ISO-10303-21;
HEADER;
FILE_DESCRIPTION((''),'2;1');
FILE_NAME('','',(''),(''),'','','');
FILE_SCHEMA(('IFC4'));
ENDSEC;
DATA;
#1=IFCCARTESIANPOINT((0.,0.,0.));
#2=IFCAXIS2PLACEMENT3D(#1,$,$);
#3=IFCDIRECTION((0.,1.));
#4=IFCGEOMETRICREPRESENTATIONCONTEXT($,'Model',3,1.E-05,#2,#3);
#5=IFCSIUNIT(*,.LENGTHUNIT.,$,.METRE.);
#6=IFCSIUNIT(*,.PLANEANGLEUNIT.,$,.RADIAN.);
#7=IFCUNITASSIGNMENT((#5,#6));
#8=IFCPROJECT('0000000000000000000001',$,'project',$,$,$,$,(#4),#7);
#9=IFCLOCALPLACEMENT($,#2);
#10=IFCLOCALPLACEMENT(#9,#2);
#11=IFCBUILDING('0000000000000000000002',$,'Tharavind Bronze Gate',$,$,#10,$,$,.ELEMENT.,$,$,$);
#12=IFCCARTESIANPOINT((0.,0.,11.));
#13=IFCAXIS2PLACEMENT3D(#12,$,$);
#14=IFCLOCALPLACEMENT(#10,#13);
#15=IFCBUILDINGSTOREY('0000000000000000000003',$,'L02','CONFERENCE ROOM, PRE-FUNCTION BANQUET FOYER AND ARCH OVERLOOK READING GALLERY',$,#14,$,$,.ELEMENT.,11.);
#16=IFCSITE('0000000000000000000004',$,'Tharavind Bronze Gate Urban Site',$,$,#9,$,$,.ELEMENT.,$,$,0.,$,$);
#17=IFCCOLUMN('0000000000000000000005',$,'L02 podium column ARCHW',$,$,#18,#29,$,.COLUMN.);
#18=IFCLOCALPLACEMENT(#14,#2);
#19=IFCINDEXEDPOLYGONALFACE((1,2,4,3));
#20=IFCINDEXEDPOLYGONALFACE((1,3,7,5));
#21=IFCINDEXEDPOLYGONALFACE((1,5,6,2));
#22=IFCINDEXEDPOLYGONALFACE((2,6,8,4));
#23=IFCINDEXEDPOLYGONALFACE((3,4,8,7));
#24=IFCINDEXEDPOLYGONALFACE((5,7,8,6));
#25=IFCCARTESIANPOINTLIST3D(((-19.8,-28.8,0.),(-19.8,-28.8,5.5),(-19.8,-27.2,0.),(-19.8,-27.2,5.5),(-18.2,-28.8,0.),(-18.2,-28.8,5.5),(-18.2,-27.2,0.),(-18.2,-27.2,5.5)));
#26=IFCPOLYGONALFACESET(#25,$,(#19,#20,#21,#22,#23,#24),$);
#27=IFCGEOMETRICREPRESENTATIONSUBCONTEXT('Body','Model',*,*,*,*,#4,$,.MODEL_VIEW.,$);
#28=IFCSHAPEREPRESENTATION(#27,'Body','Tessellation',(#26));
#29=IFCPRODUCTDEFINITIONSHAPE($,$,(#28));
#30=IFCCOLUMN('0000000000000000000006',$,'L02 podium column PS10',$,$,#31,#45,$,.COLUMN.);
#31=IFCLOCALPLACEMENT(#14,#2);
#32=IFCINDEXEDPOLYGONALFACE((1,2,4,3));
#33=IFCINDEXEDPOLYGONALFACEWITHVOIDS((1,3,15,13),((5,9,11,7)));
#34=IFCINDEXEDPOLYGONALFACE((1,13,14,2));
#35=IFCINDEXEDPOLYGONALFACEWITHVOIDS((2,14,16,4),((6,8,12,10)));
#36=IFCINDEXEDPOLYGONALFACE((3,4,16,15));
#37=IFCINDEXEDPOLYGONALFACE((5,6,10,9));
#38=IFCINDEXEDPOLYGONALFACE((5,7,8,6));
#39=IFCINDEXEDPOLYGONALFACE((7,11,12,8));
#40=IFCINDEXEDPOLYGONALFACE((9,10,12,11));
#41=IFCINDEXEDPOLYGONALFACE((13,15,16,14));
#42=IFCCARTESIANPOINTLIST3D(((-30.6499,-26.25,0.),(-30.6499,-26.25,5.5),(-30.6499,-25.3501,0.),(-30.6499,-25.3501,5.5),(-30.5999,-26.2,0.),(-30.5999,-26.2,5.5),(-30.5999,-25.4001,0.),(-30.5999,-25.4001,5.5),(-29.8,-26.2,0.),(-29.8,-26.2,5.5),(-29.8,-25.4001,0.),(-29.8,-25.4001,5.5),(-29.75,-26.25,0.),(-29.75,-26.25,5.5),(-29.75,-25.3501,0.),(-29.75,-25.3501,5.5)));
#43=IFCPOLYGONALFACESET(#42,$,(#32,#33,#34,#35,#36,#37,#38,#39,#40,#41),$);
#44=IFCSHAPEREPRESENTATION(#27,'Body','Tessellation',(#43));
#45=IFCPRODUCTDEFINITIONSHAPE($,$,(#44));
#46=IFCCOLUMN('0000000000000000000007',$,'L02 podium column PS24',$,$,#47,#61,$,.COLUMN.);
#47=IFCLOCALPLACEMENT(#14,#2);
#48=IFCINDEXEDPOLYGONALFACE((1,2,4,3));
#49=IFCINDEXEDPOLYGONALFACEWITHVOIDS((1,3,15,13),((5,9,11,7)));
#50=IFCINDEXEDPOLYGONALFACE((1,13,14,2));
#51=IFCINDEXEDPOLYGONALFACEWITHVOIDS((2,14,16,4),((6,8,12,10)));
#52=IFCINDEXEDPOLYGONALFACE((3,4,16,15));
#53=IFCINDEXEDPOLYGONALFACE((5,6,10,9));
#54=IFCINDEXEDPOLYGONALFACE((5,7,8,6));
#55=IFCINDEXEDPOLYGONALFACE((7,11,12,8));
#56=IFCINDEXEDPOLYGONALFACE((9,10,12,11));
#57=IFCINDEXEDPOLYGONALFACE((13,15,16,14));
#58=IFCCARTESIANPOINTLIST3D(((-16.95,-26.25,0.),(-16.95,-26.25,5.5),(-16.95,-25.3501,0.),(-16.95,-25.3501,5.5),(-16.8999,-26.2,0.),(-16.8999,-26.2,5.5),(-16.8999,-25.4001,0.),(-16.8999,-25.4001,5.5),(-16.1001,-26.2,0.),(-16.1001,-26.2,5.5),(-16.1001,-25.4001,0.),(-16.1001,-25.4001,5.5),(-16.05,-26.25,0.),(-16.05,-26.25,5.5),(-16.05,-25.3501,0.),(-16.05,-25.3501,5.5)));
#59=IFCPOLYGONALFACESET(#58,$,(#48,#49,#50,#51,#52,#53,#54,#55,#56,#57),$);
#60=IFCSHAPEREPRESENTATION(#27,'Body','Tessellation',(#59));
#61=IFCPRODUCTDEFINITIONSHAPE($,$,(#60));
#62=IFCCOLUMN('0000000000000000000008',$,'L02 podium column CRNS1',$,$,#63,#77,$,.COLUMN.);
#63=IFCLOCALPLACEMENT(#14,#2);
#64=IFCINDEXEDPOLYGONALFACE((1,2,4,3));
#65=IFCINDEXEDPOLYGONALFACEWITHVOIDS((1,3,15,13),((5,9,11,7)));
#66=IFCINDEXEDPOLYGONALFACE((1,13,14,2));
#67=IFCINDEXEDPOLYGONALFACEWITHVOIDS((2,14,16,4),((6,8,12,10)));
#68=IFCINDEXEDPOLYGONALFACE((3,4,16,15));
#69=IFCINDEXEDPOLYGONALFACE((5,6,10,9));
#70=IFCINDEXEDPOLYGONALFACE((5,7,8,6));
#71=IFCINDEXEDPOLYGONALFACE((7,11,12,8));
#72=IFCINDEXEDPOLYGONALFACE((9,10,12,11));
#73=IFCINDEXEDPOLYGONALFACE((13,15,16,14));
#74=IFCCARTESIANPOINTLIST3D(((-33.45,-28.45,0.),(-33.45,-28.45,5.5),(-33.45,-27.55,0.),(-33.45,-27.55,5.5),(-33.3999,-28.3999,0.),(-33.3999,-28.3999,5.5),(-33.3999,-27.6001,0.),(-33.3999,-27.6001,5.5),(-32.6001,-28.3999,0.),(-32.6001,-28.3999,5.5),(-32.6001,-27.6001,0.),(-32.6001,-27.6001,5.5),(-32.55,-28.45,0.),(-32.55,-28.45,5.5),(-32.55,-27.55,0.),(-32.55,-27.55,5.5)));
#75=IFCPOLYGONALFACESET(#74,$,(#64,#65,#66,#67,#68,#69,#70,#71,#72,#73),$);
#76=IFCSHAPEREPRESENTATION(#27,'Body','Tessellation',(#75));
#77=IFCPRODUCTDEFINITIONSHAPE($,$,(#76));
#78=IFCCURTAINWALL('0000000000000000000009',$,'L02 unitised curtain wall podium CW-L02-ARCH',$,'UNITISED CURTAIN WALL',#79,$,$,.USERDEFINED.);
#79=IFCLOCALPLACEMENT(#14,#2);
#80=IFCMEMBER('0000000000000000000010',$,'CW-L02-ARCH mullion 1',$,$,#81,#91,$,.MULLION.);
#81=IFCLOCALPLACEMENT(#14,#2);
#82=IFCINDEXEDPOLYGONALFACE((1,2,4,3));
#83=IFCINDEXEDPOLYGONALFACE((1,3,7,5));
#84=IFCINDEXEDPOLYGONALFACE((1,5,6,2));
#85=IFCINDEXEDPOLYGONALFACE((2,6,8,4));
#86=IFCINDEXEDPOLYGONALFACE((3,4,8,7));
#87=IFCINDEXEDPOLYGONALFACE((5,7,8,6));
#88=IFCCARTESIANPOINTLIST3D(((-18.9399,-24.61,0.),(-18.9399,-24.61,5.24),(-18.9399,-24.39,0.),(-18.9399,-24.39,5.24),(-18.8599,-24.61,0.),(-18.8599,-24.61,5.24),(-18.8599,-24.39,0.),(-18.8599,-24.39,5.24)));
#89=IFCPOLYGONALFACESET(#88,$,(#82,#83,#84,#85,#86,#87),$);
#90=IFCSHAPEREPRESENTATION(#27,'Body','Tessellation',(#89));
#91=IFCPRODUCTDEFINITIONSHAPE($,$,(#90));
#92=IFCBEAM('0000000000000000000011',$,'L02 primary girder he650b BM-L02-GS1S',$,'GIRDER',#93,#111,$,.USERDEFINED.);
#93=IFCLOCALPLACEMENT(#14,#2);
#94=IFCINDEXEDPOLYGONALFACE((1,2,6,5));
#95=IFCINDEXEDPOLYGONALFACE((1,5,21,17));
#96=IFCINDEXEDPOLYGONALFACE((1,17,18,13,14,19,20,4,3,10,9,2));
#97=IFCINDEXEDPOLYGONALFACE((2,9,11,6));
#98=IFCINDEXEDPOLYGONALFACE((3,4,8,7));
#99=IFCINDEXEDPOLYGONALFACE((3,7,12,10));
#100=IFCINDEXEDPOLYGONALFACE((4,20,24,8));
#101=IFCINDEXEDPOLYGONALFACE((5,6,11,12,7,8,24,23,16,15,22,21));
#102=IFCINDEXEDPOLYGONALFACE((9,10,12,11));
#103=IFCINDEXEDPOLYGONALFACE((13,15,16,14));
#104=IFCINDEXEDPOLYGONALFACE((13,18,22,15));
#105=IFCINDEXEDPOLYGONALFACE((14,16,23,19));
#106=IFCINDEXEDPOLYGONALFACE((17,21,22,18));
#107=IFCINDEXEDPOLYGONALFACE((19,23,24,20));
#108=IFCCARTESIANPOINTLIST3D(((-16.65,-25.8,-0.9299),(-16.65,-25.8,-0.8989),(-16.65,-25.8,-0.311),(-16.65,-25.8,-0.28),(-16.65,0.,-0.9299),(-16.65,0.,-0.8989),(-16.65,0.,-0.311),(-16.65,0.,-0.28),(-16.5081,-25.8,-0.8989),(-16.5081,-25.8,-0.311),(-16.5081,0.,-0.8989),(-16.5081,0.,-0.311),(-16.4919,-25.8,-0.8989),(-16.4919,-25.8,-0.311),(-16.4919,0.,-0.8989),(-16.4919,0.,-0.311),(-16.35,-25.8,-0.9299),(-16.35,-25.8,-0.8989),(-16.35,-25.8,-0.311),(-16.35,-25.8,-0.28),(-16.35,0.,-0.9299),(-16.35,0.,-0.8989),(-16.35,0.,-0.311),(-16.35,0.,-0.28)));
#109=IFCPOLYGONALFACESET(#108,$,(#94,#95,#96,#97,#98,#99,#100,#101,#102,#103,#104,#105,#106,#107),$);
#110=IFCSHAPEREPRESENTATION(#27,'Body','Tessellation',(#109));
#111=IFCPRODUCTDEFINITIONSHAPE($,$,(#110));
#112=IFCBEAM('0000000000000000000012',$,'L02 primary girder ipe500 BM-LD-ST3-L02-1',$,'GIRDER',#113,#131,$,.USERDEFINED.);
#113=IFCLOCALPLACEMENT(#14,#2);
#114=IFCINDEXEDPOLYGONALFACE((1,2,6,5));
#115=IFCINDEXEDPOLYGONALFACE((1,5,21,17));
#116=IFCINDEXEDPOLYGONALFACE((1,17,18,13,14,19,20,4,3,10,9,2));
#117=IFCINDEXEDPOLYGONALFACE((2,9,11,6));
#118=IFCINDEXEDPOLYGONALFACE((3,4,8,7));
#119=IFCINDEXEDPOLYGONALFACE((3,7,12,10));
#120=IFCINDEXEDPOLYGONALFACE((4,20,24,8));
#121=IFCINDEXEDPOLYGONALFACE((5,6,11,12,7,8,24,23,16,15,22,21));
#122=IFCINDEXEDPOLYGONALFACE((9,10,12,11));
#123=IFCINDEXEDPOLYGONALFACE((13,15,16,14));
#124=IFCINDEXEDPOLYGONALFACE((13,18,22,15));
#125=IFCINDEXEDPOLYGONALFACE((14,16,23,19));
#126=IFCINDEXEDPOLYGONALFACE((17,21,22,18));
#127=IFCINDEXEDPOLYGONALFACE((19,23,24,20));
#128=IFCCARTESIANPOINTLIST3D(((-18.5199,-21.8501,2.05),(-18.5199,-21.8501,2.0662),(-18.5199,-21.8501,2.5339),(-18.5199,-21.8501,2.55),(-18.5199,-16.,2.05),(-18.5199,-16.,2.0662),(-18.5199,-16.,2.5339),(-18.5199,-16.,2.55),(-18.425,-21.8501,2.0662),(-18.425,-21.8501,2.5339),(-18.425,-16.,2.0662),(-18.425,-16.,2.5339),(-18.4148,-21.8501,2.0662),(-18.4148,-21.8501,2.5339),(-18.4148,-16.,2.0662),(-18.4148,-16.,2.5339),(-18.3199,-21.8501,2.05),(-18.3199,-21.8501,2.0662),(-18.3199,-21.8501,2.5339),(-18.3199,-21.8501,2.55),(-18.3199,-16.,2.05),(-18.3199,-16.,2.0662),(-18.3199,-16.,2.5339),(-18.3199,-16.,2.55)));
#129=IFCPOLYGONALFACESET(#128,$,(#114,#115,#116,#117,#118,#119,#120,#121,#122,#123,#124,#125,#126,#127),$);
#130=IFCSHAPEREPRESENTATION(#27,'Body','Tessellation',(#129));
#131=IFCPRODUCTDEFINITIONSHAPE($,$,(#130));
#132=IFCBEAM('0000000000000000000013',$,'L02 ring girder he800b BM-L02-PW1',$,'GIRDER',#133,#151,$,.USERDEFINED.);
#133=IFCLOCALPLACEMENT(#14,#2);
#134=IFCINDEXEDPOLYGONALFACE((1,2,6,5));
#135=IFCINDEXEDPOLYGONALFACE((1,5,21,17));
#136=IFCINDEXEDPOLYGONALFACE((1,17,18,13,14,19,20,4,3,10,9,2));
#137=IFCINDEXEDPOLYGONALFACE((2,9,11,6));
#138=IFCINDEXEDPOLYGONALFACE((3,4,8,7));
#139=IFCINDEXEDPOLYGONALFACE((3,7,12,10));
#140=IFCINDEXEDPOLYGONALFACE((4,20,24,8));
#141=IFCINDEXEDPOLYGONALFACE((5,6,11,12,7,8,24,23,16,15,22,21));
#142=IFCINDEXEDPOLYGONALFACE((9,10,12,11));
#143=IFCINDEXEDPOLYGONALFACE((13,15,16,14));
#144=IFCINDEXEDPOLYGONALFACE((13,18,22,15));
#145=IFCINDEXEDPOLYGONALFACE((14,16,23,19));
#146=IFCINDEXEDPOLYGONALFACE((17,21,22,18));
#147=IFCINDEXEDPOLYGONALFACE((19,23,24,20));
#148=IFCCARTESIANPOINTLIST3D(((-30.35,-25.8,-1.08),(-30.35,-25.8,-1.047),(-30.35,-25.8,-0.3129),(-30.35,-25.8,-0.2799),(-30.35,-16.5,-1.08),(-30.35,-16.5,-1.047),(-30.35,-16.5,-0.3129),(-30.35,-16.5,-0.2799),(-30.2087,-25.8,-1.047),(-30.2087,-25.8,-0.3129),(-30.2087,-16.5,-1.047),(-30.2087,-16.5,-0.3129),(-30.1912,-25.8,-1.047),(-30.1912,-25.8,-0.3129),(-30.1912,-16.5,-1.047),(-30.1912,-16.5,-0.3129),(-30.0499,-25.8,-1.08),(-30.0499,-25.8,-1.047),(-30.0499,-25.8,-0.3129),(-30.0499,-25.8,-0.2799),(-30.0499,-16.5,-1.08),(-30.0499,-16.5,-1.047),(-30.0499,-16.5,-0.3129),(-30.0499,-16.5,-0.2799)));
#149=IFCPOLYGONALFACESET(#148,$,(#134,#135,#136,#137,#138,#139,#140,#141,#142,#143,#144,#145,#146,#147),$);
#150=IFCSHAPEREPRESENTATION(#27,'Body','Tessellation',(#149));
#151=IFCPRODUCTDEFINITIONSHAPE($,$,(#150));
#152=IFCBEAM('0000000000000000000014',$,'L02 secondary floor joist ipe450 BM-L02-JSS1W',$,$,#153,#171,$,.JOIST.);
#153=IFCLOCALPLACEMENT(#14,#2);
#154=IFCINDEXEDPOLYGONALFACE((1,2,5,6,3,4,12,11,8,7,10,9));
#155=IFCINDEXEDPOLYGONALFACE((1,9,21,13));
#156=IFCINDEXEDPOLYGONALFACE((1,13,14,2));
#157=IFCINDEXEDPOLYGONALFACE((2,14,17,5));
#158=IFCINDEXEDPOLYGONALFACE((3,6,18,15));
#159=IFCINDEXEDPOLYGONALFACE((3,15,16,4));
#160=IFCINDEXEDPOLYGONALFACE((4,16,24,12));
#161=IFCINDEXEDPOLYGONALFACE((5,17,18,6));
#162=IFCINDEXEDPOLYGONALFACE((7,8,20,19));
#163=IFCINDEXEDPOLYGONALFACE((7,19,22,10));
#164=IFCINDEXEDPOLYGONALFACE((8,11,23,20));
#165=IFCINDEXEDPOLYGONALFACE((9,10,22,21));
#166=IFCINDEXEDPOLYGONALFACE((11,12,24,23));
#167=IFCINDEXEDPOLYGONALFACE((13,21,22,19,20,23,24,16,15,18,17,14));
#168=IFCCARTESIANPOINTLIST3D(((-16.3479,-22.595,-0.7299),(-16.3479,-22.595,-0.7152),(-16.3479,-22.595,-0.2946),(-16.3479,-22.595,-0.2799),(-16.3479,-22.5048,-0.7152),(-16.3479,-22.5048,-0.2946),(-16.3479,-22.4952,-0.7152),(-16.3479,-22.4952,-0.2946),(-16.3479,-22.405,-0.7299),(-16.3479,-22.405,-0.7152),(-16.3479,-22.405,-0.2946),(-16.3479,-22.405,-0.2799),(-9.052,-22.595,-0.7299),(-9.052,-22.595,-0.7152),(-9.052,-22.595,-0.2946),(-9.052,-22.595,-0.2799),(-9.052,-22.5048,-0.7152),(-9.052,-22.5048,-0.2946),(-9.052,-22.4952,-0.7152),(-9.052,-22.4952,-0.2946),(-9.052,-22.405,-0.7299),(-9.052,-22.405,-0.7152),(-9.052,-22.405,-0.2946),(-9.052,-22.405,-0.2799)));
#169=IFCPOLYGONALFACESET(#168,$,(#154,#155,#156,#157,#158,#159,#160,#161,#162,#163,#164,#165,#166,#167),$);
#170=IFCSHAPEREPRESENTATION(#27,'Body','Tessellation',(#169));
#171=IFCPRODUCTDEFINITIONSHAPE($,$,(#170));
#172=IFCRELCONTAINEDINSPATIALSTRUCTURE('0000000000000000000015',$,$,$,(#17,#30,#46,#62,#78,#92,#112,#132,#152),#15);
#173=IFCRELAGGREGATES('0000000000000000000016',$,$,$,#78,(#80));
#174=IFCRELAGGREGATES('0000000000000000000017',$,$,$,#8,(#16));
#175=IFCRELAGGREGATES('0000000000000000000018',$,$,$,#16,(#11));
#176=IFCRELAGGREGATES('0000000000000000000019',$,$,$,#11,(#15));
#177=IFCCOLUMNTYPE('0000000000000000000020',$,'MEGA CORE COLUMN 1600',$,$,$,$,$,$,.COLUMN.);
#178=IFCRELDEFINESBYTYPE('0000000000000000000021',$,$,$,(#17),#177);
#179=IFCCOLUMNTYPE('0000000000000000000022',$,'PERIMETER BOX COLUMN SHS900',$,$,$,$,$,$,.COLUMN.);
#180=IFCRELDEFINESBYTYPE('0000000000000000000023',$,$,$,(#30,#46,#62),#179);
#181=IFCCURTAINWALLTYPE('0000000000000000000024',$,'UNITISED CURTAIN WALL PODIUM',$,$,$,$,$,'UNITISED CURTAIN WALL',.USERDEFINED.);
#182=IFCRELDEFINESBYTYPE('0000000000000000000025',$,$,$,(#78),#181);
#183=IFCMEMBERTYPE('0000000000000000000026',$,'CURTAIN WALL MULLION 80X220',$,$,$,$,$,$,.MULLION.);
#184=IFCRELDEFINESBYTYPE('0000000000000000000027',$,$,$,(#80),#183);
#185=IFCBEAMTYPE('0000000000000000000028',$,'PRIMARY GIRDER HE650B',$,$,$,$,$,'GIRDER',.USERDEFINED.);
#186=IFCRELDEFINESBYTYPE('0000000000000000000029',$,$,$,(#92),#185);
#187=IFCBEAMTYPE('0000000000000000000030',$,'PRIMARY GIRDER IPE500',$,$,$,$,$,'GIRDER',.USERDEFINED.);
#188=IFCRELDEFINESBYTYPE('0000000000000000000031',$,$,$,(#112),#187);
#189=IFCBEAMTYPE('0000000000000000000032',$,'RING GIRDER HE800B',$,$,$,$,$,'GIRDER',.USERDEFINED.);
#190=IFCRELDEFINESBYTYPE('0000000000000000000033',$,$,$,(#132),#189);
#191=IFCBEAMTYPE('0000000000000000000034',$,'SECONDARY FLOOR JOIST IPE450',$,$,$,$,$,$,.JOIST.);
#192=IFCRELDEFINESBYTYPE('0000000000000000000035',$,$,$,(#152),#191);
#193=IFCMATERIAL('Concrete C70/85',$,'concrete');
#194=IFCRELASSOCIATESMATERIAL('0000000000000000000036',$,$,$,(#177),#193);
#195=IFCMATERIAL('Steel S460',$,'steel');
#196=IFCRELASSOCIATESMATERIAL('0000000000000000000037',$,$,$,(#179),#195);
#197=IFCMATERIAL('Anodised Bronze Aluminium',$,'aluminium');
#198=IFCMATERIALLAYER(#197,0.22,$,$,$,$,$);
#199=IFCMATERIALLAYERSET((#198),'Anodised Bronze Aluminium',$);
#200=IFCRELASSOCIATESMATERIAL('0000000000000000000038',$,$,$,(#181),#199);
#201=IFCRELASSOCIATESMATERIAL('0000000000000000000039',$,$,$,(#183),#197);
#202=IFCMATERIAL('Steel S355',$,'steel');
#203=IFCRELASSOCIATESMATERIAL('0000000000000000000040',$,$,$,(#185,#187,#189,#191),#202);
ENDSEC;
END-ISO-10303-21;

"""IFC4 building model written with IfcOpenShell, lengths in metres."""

from ifc_helpers import new_model, si_unit, direction, frame, origin, origin_2d, place, context, subcontext, project, spatial, rectangle, hollow_rectangle, i_section, extrude, material, layer, layer_set, material_profile, profile_set, type_object, element, aggregate, save


model = new_model("IFC4")

# Units and contexts
model_context = context("Model", 3, precision=1e-05, world=origin(), true_north=direction((0.0, 1.0)))
body_context = subcontext(model_context, "Body", "Model", "MODEL_VIEW")
ifc_project = project(units=[si_unit("LENGTHUNIT", "METRE"), si_unit("PLANEANGLEUNIT", "RADIAN")], contexts=[model_context])

# Site, building, storey
site_placement = place(None, origin())
site = spatial("IfcSite", under=ifc_project, at=site_placement, Name="Tharavind Bronze Gate Urban Site", CompositionType="ELEMENT", RefElevation=0.0)
building_placement = place(site_placement, origin())
building = spatial("IfcBuilding", under=site, at=building_placement, Name="Tharavind Bronze Gate", CompositionType="ELEMENT")
storey_placement = place(building_placement, frame((0.0, 0.0, 11.0)))
storey = spatial("IfcBuildingStorey", under=building, at=storey_placement, Name="L02", Description="CONFERENCE ROOM, PRE-FUNCTION BANQUET FOYER AND ARCH OVERLOOK READING GALLERY", CompositionType="ELEMENT", Elevation=11.0)

# Columns
ifc_material_1 = material(Name="Concrete C70/85", Category="concrete")
ifc_material_profile_1 = material_profile(ifc_material_1, rectangle(XDim=1.6001, YDim=1.6001, at=origin_2d()), Name="RCCOL1600")
ifc_profile_set_1 = profile_set([ifc_material_profile_1], Name="Concrete C70/85")
column_type_1 = type_object("IfcColumnType", Name="MEGA CORE COLUMN 1600", PredefinedType="COLUMN", material=ifc_profile_set_1)
column_placement = place(storey_placement, frame((-19.0, -28.0, 0.0), z_axis=(0.0, 0.0, 1.0), x_axis=(1.0, 0.0, 0.0)))
element("IfcColumn", 1, at=column_placement, inside=storey, type_object=column_type_1, Name="L02 podium column ARCHW", PredefinedType="COLUMN", context=body_context, shape_type="SweptSolid", body=[
    extrude(rectangle(XDim=1.6001, YDim=1.6001, at=origin_2d()), origin(), (0.0, 0.0, 1.0), 5.5),
])
ifc_material_2 = material(Name="Steel S460", Category="steel")
ifc_material_profile_2 = material_profile(ifc_material_2, hollow_rectangle(XDim=0.8999, YDim=0.8999, WallThickness=0.05, at=origin_2d()), Name="SHS900X50")
ifc_profile_set_2 = profile_set([ifc_material_profile_2], Name="Steel S460")
column_type_2 = type_object("IfcColumnType", Name="PERIMETER BOX COLUMN SHS900", PredefinedType="COLUMN", material=ifc_profile_set_2)
for number, where, z_axis, x_axis, name in (
    (2, (-30.2, -25.8, 0.0), (0.0, 0.0, 1.0), (1.0, 0.0, 0.0), "L02 podium column PS10"),
    (3, (-16.5, -25.8, 0.0), (0.0, 0.0, 1.0), (1.0, 0.0, 0.0), "L02 podium column PS24"),
    (4, (-33.0, -28.0, 0.0), (0.0, 0.0, 1.0), (1.0, 0.0, 0.0), "L02 podium column CRNS1"),
):
    element("IfcColumn", number, at=place(storey_placement, frame(where, z_axis=z_axis, x_axis=x_axis)), inside=storey, type_object=column_type_2, Name=name, PredefinedType="COLUMN", context=body_context, shape_type="SweptSolid", body=[
        extrude(hollow_rectangle(XDim=0.8999, YDim=0.8999, WallThickness=0.05, at=origin_2d()), origin(), (0.0, 0.0, 1.0), 5.5),
    ])

# Curtain wall, member
ifc_material_3 = material(Name="Anodised Bronze Aluminium", Category="aluminium")
ifc_layer_1 = layer(ifc_material_3, 0.22)
ifc_layer_set_1 = layer_set([ifc_layer_1], Name="Anodised Bronze Aluminium")
curtain_wall_type = type_object("IfcCurtainWallType", Name="UNITISED CURTAIN WALL PODIUM", ElementType="UNITISED CURTAIN WALL", PredefinedType="USERDEFINED", material=ifc_layer_set_1)
curtain_wall_placement = place(storey_placement, origin())
curtain_wall = element("IfcCurtainWall", 5, at=curtain_wall_placement, inside=storey, type_object=curtain_wall_type, Name="L02 unitised curtain wall podium CW-L02-ARCH", ObjectType="UNITISED CURTAIN WALL", PredefinedType="USERDEFINED")
member_type_1 = type_object("IfcMemberType", Name="CURTAIN WALL MULLION 80X220", PredefinedType="MULLION", material=ifc_material_3)
member_1_placement = place(storey_placement, frame((-18.8999, -24.5, 0.0), z_axis=(0.0, 0.0, 1.0), x_axis=(1.0, 0.0, 0.0)))
member_1 = element("IfcMember", 6, at=member_1_placement, type_object=member_type_1, Name="CW-L02-ARCH mullion 1", PredefinedType="MULLION", context=body_context, shape_type="SweptSolid", body=[
    extrude(rectangle(XDim=0.0801, YDim=0.22, at=origin_2d()), origin(), (0.0, 0.0, 1.0), 5.24),
])
aggregate(curtain_wall, [member_1])

# Beams
ifc_material_4 = material(Name="Steel S355", Category="steel")
ifc_material_profile_3 = material_profile(ifc_material_4, i_section(OverallWidth=0.3, OverallDepth=0.6499, WebThickness=0.0161, FlangeThickness=0.031, at=origin_2d()), Name="HE650B")
ifc_profile_set_3 = profile_set([ifc_material_profile_3], Name="Steel S355")
beam_type_1 = type_object("IfcBeamType", Name="PRIMARY GIRDER HE650B", ElementType="GIRDER", PredefinedType="USERDEFINED", material=ifc_profile_set_3)
beam_1_placement = place(storey_placement, frame((-16.5, -25.8, -0.605), z_axis=(0.0, 1.0, 0.0), x_axis=(-1.0, 0.0, 0.0)))
element("IfcBeam", 7, at=beam_1_placement, inside=storey, type_object=beam_type_1, Name="L02 primary girder he650b BM-L02-GS1S", ObjectType="GIRDER", PredefinedType="USERDEFINED", context=body_context, shape_type="SweptSolid", body=[
    extrude(i_section(OverallWidth=0.3, OverallDepth=0.6499, WebThickness=0.0161, FlangeThickness=0.031, at=origin_2d()), origin(), (0.0, 0.0, 1.0), 25.8),
])
ifc_material_profile_4 = material_profile(ifc_material_4, i_section(OverallWidth=0.2, OverallDepth=0.5, WebThickness=0.0103, FlangeThickness=0.0161, at=origin_2d()), Name="IPE500")
ifc_profile_set_4 = profile_set([ifc_material_profile_4], Name="Steel S355")
beam_type_2 = type_object("IfcBeamType", Name="PRIMARY GIRDER IPE500", ElementType="GIRDER", PredefinedType="USERDEFINED", material=ifc_profile_set_4)
beam_2_placement = place(storey_placement, frame((-18.4199, -21.8501, 2.3), z_axis=(0.0, 1.0, 0.0), x_axis=(-1.0, 0.0, 0.0)))
element("IfcBeam", 8, at=beam_2_placement, inside=storey, type_object=beam_type_2, Name="L02 primary girder ipe500 BM-LD-ST3-L02-1", ObjectType="GIRDER", PredefinedType="USERDEFINED", context=body_context, shape_type="SweptSolid", body=[
    extrude(i_section(OverallWidth=0.2, OverallDepth=0.5, WebThickness=0.0103, FlangeThickness=0.0161, at=origin_2d()), origin(), (0.0, 0.0, 1.0), 5.8501),
])
ifc_material_profile_5 = material_profile(ifc_material_4, i_section(OverallWidth=0.3, OverallDepth=0.8, WebThickness=0.0176, FlangeThickness=0.033, at=origin_2d()), Name="HE800B")
ifc_profile_set_5 = profile_set([ifc_material_profile_5], Name="Steel S355")
beam_type_3 = type_object("IfcBeamType", Name="RING GIRDER HE800B", ElementType="GIRDER", PredefinedType="USERDEFINED", material=ifc_profile_set_5)
beam_3_placement = place(storey_placement, frame((-30.2, -25.8, -0.6799), z_axis=(0.0, 1.0, 0.0), x_axis=(-1.0, 0.0, 0.0)))
element("IfcBeam", 9, at=beam_3_placement, inside=storey, type_object=beam_type_3, Name="L02 ring girder he800b BM-L02-PW1", ObjectType="GIRDER", PredefinedType="USERDEFINED", context=body_context, shape_type="SweptSolid", body=[
    extrude(i_section(OverallWidth=0.3, OverallDepth=0.8, WebThickness=0.0176, FlangeThickness=0.033, at=origin_2d()), origin(), (0.0, 0.0, 1.0), 9.3),
])
ifc_material_profile_6 = material_profile(ifc_material_4, i_section(OverallWidth=0.1899, OverallDepth=0.45, WebThickness=0.0095, FlangeThickness=0.0146, at=origin_2d()), Name="IPE450")
ifc_profile_set_6 = profile_set([ifc_material_profile_6], Name="Steel S355")
beam_type_4 = type_object("IfcBeamType", Name="SECONDARY FLOOR JOIST IPE450", PredefinedType="JOIST", material=ifc_profile_set_6)
beam_4_placement = place(storey_placement, frame((-16.3479, -22.5, -0.5049), z_axis=(1.0, 0.0, 0.0), x_axis=(0.0, 1.0, 0.0)))
element("IfcBeam", 10, at=beam_4_placement, inside=storey, type_object=beam_type_4, Name="L02 secondary floor joist ipe450 BM-L02-JSS1W", PredefinedType="JOIST", context=body_context, shape_type="SweptSolid", body=[
    extrude(i_section(OverallWidth=0.1899, OverallDepth=0.45, WebThickness=0.0095, FlangeThickness=0.0146, at=origin_2d()), origin(), (0.0, 0.0, 1.0), 7.2959),
])

save(model, "model.ifc")
